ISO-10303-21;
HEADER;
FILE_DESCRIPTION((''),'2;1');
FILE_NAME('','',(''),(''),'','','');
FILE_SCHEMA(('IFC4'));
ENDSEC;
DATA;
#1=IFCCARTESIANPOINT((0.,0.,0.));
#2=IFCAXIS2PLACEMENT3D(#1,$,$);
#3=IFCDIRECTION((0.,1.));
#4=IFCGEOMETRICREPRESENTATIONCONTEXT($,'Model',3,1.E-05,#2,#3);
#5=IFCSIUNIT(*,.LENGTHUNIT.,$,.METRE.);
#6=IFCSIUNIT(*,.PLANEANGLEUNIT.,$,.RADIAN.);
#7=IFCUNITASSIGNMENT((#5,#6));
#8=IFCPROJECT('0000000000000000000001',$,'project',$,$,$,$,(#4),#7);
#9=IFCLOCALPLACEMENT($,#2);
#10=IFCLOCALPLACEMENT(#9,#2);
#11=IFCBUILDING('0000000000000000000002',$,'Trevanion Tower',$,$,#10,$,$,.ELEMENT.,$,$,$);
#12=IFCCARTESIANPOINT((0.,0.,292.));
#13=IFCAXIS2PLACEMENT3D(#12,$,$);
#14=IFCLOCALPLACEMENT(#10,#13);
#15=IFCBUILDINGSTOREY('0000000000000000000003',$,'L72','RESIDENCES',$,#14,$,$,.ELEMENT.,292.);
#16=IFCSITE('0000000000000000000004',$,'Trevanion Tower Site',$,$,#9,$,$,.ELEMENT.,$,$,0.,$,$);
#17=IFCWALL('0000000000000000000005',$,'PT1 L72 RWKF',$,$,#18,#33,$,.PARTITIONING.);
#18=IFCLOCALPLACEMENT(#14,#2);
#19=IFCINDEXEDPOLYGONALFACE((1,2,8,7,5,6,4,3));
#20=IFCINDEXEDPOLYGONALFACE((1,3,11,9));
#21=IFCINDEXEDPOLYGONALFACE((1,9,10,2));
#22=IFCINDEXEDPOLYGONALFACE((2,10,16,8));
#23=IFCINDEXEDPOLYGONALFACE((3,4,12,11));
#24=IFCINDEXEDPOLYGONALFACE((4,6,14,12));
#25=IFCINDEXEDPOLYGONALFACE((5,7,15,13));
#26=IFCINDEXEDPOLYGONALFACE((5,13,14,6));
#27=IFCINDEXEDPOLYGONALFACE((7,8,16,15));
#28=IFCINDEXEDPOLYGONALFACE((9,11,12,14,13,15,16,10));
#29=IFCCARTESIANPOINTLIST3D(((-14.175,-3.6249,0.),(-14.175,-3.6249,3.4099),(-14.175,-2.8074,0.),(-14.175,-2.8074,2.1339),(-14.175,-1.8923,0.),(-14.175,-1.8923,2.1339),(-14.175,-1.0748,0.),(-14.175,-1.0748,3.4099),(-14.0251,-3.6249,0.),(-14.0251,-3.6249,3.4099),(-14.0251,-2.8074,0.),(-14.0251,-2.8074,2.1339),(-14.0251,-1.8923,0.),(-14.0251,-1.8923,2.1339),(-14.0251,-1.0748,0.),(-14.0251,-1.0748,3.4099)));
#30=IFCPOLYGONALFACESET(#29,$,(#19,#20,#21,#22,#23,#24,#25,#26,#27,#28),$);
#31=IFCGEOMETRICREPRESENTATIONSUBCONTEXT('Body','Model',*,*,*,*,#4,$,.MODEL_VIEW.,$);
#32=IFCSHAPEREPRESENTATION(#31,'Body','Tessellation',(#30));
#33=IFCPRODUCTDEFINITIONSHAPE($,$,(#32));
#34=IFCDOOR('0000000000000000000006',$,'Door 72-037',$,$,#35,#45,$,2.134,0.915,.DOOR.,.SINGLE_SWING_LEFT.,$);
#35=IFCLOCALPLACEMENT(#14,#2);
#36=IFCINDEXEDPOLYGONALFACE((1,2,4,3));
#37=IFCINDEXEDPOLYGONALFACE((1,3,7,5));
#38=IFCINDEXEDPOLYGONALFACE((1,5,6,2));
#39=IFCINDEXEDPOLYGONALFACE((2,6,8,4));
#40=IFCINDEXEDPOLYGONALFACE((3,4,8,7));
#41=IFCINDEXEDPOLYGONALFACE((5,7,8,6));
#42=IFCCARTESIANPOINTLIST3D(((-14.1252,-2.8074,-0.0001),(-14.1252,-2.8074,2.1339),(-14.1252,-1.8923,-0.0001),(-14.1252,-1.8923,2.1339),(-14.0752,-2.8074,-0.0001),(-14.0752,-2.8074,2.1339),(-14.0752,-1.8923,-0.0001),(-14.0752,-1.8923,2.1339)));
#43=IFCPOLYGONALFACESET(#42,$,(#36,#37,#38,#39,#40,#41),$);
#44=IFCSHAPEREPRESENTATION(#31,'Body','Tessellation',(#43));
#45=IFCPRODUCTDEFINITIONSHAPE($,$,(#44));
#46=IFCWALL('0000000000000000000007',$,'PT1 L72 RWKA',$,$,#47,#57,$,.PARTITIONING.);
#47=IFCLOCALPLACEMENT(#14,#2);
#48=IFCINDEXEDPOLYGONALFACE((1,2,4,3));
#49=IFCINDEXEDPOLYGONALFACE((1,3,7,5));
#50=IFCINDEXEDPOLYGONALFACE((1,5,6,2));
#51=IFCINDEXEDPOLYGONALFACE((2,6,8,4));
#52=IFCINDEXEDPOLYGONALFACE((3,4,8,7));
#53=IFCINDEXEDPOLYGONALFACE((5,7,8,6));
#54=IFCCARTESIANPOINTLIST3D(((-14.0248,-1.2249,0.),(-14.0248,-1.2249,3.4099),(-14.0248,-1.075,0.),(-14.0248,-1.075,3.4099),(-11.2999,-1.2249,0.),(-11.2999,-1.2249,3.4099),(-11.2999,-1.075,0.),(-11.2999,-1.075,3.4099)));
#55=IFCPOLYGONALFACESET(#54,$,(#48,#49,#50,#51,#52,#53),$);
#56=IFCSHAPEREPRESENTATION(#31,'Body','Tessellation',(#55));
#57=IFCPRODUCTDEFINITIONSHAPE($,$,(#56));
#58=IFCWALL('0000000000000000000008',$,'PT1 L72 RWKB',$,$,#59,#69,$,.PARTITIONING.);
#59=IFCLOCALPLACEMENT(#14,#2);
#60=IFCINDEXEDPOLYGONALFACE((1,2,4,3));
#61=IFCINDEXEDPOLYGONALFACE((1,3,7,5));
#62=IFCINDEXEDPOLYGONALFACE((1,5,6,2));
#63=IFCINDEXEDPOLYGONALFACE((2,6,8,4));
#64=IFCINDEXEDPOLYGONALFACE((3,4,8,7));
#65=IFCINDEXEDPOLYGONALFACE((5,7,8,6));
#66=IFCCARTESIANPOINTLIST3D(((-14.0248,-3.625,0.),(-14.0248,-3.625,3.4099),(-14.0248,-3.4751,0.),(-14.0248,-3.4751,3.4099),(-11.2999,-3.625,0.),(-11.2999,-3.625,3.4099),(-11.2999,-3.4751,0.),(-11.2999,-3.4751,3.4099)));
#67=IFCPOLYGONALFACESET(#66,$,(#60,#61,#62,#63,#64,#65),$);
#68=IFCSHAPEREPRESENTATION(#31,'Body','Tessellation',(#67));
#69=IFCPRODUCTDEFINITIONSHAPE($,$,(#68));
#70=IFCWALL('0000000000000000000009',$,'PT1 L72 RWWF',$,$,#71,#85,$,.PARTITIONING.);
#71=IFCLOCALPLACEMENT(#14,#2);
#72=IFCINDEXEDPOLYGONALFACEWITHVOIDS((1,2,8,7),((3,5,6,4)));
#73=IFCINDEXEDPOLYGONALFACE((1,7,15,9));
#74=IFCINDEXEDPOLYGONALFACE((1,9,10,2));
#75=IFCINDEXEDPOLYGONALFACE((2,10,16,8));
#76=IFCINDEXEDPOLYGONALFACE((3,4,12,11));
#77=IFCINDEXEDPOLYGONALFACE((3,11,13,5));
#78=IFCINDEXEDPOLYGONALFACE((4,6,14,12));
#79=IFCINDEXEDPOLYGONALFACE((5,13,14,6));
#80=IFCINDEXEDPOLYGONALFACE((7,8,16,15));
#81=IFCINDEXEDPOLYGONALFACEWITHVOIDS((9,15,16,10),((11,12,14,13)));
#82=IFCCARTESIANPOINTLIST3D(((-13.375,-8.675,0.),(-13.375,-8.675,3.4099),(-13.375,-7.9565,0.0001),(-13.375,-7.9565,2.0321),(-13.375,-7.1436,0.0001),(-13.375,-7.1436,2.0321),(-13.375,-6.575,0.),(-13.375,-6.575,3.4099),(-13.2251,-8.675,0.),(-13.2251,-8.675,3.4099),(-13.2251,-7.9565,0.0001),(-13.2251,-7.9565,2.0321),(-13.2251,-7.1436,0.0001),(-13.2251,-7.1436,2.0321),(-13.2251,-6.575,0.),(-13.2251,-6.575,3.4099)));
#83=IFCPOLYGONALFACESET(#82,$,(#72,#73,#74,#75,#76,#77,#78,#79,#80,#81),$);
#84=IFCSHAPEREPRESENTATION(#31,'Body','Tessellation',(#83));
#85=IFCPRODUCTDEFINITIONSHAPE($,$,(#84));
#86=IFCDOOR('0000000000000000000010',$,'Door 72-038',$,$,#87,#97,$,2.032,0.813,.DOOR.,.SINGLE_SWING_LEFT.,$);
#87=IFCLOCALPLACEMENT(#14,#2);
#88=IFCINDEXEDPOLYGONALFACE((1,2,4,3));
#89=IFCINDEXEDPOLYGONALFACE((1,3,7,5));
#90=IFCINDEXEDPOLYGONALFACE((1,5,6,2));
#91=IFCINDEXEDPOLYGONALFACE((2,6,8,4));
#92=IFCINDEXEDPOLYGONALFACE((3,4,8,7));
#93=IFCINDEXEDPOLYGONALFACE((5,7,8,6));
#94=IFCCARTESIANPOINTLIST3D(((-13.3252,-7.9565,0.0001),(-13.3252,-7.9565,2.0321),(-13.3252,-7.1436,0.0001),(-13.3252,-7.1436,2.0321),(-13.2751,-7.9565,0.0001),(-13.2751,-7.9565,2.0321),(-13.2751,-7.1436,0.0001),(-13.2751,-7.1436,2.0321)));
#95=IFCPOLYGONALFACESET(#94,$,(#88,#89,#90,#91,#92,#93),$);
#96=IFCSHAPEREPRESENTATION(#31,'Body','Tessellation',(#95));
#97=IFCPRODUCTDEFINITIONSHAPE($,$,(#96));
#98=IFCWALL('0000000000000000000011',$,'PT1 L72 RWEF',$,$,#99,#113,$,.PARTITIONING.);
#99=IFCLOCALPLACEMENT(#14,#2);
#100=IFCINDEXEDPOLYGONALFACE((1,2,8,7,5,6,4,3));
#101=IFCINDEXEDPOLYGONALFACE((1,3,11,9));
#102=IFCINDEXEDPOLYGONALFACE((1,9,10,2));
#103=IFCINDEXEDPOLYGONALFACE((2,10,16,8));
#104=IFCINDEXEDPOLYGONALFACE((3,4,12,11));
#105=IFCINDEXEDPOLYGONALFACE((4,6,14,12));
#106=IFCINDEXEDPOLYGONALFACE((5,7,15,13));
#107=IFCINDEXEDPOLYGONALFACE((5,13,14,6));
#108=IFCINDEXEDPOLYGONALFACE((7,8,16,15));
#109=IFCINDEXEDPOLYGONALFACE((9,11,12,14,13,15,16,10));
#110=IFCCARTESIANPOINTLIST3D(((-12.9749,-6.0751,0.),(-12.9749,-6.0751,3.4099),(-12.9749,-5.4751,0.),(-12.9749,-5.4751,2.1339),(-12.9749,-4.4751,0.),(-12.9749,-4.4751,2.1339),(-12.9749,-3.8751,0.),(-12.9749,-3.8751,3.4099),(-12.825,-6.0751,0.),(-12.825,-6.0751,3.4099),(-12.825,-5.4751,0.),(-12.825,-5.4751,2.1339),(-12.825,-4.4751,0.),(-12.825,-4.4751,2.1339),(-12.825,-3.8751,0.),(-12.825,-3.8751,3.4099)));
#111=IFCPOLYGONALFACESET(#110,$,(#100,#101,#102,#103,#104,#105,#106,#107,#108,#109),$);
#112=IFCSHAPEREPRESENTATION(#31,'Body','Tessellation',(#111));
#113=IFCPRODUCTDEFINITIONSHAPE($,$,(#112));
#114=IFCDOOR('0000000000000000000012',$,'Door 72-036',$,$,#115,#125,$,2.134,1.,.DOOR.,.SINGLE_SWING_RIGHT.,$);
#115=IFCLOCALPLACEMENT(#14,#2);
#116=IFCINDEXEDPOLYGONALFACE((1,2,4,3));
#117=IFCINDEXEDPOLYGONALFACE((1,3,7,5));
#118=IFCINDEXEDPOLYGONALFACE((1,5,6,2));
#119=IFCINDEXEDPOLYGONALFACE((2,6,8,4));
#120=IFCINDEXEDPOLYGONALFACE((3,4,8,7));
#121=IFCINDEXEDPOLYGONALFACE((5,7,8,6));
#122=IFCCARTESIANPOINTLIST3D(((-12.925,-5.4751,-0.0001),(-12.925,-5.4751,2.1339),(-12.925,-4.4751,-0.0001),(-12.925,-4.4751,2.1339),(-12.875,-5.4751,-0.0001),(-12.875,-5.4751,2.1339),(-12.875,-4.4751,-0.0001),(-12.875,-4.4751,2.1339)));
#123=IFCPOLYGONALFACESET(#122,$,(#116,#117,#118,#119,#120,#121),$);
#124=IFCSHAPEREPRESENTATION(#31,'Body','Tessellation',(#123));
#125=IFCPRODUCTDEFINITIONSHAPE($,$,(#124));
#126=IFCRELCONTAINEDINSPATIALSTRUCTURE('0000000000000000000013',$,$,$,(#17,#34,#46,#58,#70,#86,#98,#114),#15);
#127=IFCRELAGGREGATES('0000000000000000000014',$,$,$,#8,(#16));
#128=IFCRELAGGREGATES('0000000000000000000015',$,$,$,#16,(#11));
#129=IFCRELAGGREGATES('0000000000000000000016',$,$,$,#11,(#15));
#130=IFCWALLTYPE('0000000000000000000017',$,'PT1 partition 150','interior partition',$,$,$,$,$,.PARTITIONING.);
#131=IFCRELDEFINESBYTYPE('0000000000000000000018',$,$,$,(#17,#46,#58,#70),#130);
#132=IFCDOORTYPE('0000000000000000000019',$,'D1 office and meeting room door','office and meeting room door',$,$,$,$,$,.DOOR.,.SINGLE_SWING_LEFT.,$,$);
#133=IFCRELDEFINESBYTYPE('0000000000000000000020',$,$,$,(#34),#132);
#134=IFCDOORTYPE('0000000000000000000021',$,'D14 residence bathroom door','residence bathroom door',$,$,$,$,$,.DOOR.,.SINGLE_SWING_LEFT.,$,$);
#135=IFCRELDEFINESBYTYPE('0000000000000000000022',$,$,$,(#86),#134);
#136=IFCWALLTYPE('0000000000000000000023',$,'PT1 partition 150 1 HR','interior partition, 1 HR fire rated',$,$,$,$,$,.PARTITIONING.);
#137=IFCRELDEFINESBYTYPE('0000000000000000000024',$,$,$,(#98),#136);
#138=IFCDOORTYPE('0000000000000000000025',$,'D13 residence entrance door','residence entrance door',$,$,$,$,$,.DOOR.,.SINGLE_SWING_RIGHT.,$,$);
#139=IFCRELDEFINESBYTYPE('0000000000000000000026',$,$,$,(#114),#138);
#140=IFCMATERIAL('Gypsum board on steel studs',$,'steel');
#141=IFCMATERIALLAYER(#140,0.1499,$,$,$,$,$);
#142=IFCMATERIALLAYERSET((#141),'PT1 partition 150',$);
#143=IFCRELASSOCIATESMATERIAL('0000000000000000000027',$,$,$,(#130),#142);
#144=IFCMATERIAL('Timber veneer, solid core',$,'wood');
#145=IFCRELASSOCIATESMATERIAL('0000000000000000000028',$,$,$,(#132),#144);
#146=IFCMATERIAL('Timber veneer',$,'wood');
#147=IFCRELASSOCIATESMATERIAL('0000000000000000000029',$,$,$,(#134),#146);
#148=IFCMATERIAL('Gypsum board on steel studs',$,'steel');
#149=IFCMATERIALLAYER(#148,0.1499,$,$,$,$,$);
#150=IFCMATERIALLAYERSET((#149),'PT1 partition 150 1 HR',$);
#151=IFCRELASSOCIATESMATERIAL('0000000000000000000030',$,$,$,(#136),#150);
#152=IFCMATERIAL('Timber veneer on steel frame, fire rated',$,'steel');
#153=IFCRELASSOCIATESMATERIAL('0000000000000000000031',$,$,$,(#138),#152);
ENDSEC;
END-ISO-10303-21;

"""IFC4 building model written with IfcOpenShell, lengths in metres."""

from ifc_helpers import new_model, si_unit, direction, frame, frame_2d, origin, place, context, subcontext, project, spatial, rectangle, extrude, material, layer, layer_set, type_object, element, fill, save


model = new_model("IFC4")

# Units and contexts
model_context = context("Model", 3, precision=1e-05, world=origin(), true_north=direction((0.0, 1.0)))
body_context = subcontext(model_context, "Body", "Model", "MODEL_VIEW")
ifc_project = project(units=[si_unit("LENGTHUNIT", "METRE"), si_unit("PLANEANGLEUNIT", "RADIAN")], contexts=[model_context])

# Site, building, storey
site_placement = place(None, origin())
site = spatial("IfcSite", under=ifc_project, at=site_placement, Name="Trevanion Tower Site", CompositionType="ELEMENT", RefElevation=0.0)
building_placement = place(site_placement, origin())
building = spatial("IfcBuilding", under=site, at=building_placement, Name="Trevanion Tower", CompositionType="ELEMENT")
storey_placement = place(building_placement, frame((0.0, 0.0, 292.0)))
storey = spatial("IfcBuildingStorey", under=building, at=storey_placement, Name="L72", Description="RESIDENCES", CompositionType="ELEMENT", Elevation=292.0)

# Shared definitions
ifc_material_1 = material(Name="Gypsum board on steel studs", Category="steel")
ifc_layer_1 = layer(ifc_material_1, 0.1499)
ifc_layer_set_1 = layer_set([ifc_layer_1], Name="PT1 partition 150")
wall_type_1 = type_object("IfcWallType", Name="PT1 partition 150", Description="interior partition", PredefinedType="PARTITIONING", material=ifc_layer_set_1)
ifc_material_2 = material(Name="Timber veneer, solid core", Category="wood")
door_type_1 = type_object("IfcDoorType", Name="D1 office and meeting room door", Description="office and meeting room door", OperationType="SINGLE_SWING_LEFT", PredefinedType="DOOR", material=ifc_material_2)

# Wall, opening, door
wall_1_placement = place(storey_placement, frame((-14.1001, -1.075, 0.0), z_axis=(0.0, 0.0, 1.0), x_axis=(0.0, -1.0, 0.0)))
wall_1 = element("IfcWall", 1, at=wall_1_placement, inside=storey, type_object=wall_type_1, Name="PT1 L72 RWKF", PredefinedType="PARTITIONING", context=body_context, shape_type="SweptSolid", body=[
    extrude(rectangle(XDim=2.55, YDim=0.1499, at=frame_2d((1.2749, 0.0))), origin(), (0.0, 0.0, 1.0), 3.4099),
])
opening_1_placement = place(wall_1_placement, frame((0.8174, 0.0, 0.0)))
opening_1 = element("IfcOpeningElement", 2, at=opening_1_placement, cuts=wall_1, PredefinedType="OPENING", context=body_context, shape_type="SweptSolid", body=[
    extrude(rectangle(XDim=0.915, YDim=2.134, at=frame_2d((0.4575, 1.0669))), frame((0.0, 0.085, 0.0), z_axis=(0.0, -1.0, 0.0), x_axis=(1.0, 0.0, 0.0)), (0.0, 0.0, 1.0), 0.1699),
])
door_1_placement = place(opening_1_placement, origin())
door_1 = element("IfcDoor", 3, at=door_1_placement, inside=storey, type_object=door_type_1, Name="Door 72-037", OperationType="SINGLE_SWING_LEFT", OverallHeight=2.134, OverallWidth=0.915, PredefinedType="DOOR", context=body_context, shape_type="SweptSolid", body=[
    extrude(rectangle(XDim=0.915, YDim=2.134, at=frame_2d((0.4575, 1.0669))), frame((0.0, 0.0249, 0.0), z_axis=(0.0, -1.0, 0.0), x_axis=(1.0, 0.0, 0.0)), (0.0, 0.0, 1.0), 0.05),
])
fill(opening_1, door_1)

# Walls
for number, where, z_axis, x_axis, name in (
    (4, (-11.3, -1.1499, 0.0), (0.0, 0.0, 1.0), (-1.0, 0.0, 0.0), "PT1 L72 RWKA"),
    (5, (-11.3, -3.55, 0.0), (0.0, 0.0, 1.0), (-1.0, 0.0, 0.0), "PT1 L72 RWKB"),
):
    element("IfcWall", number, at=place(storey_placement, frame(where, z_axis=z_axis, x_axis=x_axis)), inside=storey, type_object=wall_type_1, Name=name, PredefinedType="PARTITIONING", context=body_context, shape_type="SweptSolid", body=[
        extrude(rectangle(XDim=2.7249, YDim=0.1499, at=frame_2d((1.3623, 0.0))), origin(), (0.0, 0.0, 1.0), 3.4099),
    ])

# Walls, openings, doors
wall_2_placement = place(storey_placement, frame((-13.3, -6.575, 0.0), z_axis=(0.0, 0.0, 1.0), x_axis=(0.0, -1.0, 0.0)))
wall_2 = element("IfcWall", 6, at=wall_2_placement, inside=storey, type_object=wall_type_1, Name="PT1 L72 RWWF", PredefinedType="PARTITIONING", context=body_context, shape_type="SweptSolid", body=[
    extrude(rectangle(XDim=2.1001, YDim=0.1499, at=frame_2d((1.05, 0.0))), origin(), (0.0, 0.0, 1.0), 3.4099),
])
opening_2_placement = place(wall_2_placement, frame((0.5686, 0.0, 0.0)))
opening_2 = element("IfcOpeningElement", 7, at=opening_2_placement, cuts=wall_2, PredefinedType="OPENING", context=body_context, shape_type="SweptSolid", body=[
    extrude(rectangle(XDim=0.813, YDim=2.032, at=frame_2d((0.4065, 1.0161))), frame((0.0, 0.085, 0.0), z_axis=(0.0, -1.0, 0.0), x_axis=(1.0, 0.0, 0.0)), (0.0, 0.0, 1.0), 0.1699),
])
ifc_material_3 = material(Name="Timber veneer", Category="wood")
door_type_2 = type_object("IfcDoorType", Name="D14 residence bathroom door", Description="residence bathroom door", OperationType="SINGLE_SWING_LEFT", PredefinedType="DOOR", material=ifc_material_3)
door_2_placement = place(opening_2_placement, origin())
door_2 = element("IfcDoor", 8, at=door_2_placement, inside=storey, type_object=door_type_2, Name="Door 72-038", OperationType="SINGLE_SWING_LEFT", OverallHeight=2.032, OverallWidth=0.813, PredefinedType="DOOR", context=body_context, shape_type="SweptSolid", body=[
    extrude(rectangle(XDim=0.813, YDim=2.032, at=frame_2d((0.4065, 1.0161))), frame((0.0, 0.0249, 0.0), z_axis=(0.0, -1.0, 0.0), x_axis=(1.0, 0.0, 0.0)), (0.0, 0.0, 1.0), 0.05),
])
fill(opening_2, door_2)
ifc_material_4 = material(Name="Gypsum board on steel studs", Category="steel")
ifc_layer_2 = layer(ifc_material_4, 0.1499)
ifc_layer_set_2 = layer_set([ifc_layer_2], Name="PT1 partition 150 1 HR")
wall_type_2 = type_object("IfcWallType", Name="PT1 partition 150 1 HR", Description="interior partition, 1 HR fire rated", PredefinedType="PARTITIONING", material=ifc_layer_set_2)
wall_3_placement = place(storey_placement, frame((-12.8999, -3.875, 0.0), z_axis=(0.0, 0.0, 1.0), x_axis=(0.0, -1.0, 0.0)))
wall_3 = element("IfcWall", 9, at=wall_3_placement, inside=storey, type_object=wall_type_2, Name="PT1 L72 RWEF", PredefinedType="PARTITIONING", context=body_context, shape_type="SweptSolid", body=[
    extrude(rectangle(XDim=2.2, YDim=0.1499, at=frame_2d((1.1001, 0.0))), origin(), (0.0, 0.0, 1.0), 3.4099),
])
opening_3_placement = place(wall_3_placement, frame((0.6001, 0.0, 0.0)))
opening_3 = element("IfcOpeningElement", 10, at=opening_3_placement, cuts=wall_3, PredefinedType="OPENING", context=body_context, shape_type="SweptSolid", body=[
    extrude(rectangle(XDim=1.0, YDim=2.134, at=frame_2d((0.5, 1.0669))), frame((0.0, 0.085, 0.0), z_axis=(0.0, -1.0, 0.0), x_axis=(1.0, 0.0, 0.0)), (0.0, 0.0, 1.0), 0.1699),
])
ifc_material_5 = material(Name="Timber veneer on steel frame, fire rated", Category="steel")
door_type_3 = type_object("IfcDoorType", Name="D13 residence entrance door", Description="residence entrance door", OperationType="SINGLE_SWING_RIGHT", PredefinedType="DOOR", material=ifc_material_5)
door_3_placement = place(opening_3_placement, origin())
door_3 = element("IfcDoor", 11, at=door_3_placement, inside=storey, type_object=door_type_3, Name="Door 72-036", OperationType="SINGLE_SWING_RIGHT", OverallHeight=2.134, OverallWidth=1.0, PredefinedType="DOOR", context=body_context, shape_type="SweptSolid", body=[
    extrude(rectangle(XDim=1.0, YDim=2.134, at=frame_2d((0.5, 1.0669))), frame((0.0, 0.0249, 0.0), z_axis=(0.0, -1.0, 0.0), x_axis=(1.0, 0.0, 0.0)), (0.0, 0.0, 1.0), 0.05),
])
fill(opening_3, door_3)

save(model, "model.ifc")
